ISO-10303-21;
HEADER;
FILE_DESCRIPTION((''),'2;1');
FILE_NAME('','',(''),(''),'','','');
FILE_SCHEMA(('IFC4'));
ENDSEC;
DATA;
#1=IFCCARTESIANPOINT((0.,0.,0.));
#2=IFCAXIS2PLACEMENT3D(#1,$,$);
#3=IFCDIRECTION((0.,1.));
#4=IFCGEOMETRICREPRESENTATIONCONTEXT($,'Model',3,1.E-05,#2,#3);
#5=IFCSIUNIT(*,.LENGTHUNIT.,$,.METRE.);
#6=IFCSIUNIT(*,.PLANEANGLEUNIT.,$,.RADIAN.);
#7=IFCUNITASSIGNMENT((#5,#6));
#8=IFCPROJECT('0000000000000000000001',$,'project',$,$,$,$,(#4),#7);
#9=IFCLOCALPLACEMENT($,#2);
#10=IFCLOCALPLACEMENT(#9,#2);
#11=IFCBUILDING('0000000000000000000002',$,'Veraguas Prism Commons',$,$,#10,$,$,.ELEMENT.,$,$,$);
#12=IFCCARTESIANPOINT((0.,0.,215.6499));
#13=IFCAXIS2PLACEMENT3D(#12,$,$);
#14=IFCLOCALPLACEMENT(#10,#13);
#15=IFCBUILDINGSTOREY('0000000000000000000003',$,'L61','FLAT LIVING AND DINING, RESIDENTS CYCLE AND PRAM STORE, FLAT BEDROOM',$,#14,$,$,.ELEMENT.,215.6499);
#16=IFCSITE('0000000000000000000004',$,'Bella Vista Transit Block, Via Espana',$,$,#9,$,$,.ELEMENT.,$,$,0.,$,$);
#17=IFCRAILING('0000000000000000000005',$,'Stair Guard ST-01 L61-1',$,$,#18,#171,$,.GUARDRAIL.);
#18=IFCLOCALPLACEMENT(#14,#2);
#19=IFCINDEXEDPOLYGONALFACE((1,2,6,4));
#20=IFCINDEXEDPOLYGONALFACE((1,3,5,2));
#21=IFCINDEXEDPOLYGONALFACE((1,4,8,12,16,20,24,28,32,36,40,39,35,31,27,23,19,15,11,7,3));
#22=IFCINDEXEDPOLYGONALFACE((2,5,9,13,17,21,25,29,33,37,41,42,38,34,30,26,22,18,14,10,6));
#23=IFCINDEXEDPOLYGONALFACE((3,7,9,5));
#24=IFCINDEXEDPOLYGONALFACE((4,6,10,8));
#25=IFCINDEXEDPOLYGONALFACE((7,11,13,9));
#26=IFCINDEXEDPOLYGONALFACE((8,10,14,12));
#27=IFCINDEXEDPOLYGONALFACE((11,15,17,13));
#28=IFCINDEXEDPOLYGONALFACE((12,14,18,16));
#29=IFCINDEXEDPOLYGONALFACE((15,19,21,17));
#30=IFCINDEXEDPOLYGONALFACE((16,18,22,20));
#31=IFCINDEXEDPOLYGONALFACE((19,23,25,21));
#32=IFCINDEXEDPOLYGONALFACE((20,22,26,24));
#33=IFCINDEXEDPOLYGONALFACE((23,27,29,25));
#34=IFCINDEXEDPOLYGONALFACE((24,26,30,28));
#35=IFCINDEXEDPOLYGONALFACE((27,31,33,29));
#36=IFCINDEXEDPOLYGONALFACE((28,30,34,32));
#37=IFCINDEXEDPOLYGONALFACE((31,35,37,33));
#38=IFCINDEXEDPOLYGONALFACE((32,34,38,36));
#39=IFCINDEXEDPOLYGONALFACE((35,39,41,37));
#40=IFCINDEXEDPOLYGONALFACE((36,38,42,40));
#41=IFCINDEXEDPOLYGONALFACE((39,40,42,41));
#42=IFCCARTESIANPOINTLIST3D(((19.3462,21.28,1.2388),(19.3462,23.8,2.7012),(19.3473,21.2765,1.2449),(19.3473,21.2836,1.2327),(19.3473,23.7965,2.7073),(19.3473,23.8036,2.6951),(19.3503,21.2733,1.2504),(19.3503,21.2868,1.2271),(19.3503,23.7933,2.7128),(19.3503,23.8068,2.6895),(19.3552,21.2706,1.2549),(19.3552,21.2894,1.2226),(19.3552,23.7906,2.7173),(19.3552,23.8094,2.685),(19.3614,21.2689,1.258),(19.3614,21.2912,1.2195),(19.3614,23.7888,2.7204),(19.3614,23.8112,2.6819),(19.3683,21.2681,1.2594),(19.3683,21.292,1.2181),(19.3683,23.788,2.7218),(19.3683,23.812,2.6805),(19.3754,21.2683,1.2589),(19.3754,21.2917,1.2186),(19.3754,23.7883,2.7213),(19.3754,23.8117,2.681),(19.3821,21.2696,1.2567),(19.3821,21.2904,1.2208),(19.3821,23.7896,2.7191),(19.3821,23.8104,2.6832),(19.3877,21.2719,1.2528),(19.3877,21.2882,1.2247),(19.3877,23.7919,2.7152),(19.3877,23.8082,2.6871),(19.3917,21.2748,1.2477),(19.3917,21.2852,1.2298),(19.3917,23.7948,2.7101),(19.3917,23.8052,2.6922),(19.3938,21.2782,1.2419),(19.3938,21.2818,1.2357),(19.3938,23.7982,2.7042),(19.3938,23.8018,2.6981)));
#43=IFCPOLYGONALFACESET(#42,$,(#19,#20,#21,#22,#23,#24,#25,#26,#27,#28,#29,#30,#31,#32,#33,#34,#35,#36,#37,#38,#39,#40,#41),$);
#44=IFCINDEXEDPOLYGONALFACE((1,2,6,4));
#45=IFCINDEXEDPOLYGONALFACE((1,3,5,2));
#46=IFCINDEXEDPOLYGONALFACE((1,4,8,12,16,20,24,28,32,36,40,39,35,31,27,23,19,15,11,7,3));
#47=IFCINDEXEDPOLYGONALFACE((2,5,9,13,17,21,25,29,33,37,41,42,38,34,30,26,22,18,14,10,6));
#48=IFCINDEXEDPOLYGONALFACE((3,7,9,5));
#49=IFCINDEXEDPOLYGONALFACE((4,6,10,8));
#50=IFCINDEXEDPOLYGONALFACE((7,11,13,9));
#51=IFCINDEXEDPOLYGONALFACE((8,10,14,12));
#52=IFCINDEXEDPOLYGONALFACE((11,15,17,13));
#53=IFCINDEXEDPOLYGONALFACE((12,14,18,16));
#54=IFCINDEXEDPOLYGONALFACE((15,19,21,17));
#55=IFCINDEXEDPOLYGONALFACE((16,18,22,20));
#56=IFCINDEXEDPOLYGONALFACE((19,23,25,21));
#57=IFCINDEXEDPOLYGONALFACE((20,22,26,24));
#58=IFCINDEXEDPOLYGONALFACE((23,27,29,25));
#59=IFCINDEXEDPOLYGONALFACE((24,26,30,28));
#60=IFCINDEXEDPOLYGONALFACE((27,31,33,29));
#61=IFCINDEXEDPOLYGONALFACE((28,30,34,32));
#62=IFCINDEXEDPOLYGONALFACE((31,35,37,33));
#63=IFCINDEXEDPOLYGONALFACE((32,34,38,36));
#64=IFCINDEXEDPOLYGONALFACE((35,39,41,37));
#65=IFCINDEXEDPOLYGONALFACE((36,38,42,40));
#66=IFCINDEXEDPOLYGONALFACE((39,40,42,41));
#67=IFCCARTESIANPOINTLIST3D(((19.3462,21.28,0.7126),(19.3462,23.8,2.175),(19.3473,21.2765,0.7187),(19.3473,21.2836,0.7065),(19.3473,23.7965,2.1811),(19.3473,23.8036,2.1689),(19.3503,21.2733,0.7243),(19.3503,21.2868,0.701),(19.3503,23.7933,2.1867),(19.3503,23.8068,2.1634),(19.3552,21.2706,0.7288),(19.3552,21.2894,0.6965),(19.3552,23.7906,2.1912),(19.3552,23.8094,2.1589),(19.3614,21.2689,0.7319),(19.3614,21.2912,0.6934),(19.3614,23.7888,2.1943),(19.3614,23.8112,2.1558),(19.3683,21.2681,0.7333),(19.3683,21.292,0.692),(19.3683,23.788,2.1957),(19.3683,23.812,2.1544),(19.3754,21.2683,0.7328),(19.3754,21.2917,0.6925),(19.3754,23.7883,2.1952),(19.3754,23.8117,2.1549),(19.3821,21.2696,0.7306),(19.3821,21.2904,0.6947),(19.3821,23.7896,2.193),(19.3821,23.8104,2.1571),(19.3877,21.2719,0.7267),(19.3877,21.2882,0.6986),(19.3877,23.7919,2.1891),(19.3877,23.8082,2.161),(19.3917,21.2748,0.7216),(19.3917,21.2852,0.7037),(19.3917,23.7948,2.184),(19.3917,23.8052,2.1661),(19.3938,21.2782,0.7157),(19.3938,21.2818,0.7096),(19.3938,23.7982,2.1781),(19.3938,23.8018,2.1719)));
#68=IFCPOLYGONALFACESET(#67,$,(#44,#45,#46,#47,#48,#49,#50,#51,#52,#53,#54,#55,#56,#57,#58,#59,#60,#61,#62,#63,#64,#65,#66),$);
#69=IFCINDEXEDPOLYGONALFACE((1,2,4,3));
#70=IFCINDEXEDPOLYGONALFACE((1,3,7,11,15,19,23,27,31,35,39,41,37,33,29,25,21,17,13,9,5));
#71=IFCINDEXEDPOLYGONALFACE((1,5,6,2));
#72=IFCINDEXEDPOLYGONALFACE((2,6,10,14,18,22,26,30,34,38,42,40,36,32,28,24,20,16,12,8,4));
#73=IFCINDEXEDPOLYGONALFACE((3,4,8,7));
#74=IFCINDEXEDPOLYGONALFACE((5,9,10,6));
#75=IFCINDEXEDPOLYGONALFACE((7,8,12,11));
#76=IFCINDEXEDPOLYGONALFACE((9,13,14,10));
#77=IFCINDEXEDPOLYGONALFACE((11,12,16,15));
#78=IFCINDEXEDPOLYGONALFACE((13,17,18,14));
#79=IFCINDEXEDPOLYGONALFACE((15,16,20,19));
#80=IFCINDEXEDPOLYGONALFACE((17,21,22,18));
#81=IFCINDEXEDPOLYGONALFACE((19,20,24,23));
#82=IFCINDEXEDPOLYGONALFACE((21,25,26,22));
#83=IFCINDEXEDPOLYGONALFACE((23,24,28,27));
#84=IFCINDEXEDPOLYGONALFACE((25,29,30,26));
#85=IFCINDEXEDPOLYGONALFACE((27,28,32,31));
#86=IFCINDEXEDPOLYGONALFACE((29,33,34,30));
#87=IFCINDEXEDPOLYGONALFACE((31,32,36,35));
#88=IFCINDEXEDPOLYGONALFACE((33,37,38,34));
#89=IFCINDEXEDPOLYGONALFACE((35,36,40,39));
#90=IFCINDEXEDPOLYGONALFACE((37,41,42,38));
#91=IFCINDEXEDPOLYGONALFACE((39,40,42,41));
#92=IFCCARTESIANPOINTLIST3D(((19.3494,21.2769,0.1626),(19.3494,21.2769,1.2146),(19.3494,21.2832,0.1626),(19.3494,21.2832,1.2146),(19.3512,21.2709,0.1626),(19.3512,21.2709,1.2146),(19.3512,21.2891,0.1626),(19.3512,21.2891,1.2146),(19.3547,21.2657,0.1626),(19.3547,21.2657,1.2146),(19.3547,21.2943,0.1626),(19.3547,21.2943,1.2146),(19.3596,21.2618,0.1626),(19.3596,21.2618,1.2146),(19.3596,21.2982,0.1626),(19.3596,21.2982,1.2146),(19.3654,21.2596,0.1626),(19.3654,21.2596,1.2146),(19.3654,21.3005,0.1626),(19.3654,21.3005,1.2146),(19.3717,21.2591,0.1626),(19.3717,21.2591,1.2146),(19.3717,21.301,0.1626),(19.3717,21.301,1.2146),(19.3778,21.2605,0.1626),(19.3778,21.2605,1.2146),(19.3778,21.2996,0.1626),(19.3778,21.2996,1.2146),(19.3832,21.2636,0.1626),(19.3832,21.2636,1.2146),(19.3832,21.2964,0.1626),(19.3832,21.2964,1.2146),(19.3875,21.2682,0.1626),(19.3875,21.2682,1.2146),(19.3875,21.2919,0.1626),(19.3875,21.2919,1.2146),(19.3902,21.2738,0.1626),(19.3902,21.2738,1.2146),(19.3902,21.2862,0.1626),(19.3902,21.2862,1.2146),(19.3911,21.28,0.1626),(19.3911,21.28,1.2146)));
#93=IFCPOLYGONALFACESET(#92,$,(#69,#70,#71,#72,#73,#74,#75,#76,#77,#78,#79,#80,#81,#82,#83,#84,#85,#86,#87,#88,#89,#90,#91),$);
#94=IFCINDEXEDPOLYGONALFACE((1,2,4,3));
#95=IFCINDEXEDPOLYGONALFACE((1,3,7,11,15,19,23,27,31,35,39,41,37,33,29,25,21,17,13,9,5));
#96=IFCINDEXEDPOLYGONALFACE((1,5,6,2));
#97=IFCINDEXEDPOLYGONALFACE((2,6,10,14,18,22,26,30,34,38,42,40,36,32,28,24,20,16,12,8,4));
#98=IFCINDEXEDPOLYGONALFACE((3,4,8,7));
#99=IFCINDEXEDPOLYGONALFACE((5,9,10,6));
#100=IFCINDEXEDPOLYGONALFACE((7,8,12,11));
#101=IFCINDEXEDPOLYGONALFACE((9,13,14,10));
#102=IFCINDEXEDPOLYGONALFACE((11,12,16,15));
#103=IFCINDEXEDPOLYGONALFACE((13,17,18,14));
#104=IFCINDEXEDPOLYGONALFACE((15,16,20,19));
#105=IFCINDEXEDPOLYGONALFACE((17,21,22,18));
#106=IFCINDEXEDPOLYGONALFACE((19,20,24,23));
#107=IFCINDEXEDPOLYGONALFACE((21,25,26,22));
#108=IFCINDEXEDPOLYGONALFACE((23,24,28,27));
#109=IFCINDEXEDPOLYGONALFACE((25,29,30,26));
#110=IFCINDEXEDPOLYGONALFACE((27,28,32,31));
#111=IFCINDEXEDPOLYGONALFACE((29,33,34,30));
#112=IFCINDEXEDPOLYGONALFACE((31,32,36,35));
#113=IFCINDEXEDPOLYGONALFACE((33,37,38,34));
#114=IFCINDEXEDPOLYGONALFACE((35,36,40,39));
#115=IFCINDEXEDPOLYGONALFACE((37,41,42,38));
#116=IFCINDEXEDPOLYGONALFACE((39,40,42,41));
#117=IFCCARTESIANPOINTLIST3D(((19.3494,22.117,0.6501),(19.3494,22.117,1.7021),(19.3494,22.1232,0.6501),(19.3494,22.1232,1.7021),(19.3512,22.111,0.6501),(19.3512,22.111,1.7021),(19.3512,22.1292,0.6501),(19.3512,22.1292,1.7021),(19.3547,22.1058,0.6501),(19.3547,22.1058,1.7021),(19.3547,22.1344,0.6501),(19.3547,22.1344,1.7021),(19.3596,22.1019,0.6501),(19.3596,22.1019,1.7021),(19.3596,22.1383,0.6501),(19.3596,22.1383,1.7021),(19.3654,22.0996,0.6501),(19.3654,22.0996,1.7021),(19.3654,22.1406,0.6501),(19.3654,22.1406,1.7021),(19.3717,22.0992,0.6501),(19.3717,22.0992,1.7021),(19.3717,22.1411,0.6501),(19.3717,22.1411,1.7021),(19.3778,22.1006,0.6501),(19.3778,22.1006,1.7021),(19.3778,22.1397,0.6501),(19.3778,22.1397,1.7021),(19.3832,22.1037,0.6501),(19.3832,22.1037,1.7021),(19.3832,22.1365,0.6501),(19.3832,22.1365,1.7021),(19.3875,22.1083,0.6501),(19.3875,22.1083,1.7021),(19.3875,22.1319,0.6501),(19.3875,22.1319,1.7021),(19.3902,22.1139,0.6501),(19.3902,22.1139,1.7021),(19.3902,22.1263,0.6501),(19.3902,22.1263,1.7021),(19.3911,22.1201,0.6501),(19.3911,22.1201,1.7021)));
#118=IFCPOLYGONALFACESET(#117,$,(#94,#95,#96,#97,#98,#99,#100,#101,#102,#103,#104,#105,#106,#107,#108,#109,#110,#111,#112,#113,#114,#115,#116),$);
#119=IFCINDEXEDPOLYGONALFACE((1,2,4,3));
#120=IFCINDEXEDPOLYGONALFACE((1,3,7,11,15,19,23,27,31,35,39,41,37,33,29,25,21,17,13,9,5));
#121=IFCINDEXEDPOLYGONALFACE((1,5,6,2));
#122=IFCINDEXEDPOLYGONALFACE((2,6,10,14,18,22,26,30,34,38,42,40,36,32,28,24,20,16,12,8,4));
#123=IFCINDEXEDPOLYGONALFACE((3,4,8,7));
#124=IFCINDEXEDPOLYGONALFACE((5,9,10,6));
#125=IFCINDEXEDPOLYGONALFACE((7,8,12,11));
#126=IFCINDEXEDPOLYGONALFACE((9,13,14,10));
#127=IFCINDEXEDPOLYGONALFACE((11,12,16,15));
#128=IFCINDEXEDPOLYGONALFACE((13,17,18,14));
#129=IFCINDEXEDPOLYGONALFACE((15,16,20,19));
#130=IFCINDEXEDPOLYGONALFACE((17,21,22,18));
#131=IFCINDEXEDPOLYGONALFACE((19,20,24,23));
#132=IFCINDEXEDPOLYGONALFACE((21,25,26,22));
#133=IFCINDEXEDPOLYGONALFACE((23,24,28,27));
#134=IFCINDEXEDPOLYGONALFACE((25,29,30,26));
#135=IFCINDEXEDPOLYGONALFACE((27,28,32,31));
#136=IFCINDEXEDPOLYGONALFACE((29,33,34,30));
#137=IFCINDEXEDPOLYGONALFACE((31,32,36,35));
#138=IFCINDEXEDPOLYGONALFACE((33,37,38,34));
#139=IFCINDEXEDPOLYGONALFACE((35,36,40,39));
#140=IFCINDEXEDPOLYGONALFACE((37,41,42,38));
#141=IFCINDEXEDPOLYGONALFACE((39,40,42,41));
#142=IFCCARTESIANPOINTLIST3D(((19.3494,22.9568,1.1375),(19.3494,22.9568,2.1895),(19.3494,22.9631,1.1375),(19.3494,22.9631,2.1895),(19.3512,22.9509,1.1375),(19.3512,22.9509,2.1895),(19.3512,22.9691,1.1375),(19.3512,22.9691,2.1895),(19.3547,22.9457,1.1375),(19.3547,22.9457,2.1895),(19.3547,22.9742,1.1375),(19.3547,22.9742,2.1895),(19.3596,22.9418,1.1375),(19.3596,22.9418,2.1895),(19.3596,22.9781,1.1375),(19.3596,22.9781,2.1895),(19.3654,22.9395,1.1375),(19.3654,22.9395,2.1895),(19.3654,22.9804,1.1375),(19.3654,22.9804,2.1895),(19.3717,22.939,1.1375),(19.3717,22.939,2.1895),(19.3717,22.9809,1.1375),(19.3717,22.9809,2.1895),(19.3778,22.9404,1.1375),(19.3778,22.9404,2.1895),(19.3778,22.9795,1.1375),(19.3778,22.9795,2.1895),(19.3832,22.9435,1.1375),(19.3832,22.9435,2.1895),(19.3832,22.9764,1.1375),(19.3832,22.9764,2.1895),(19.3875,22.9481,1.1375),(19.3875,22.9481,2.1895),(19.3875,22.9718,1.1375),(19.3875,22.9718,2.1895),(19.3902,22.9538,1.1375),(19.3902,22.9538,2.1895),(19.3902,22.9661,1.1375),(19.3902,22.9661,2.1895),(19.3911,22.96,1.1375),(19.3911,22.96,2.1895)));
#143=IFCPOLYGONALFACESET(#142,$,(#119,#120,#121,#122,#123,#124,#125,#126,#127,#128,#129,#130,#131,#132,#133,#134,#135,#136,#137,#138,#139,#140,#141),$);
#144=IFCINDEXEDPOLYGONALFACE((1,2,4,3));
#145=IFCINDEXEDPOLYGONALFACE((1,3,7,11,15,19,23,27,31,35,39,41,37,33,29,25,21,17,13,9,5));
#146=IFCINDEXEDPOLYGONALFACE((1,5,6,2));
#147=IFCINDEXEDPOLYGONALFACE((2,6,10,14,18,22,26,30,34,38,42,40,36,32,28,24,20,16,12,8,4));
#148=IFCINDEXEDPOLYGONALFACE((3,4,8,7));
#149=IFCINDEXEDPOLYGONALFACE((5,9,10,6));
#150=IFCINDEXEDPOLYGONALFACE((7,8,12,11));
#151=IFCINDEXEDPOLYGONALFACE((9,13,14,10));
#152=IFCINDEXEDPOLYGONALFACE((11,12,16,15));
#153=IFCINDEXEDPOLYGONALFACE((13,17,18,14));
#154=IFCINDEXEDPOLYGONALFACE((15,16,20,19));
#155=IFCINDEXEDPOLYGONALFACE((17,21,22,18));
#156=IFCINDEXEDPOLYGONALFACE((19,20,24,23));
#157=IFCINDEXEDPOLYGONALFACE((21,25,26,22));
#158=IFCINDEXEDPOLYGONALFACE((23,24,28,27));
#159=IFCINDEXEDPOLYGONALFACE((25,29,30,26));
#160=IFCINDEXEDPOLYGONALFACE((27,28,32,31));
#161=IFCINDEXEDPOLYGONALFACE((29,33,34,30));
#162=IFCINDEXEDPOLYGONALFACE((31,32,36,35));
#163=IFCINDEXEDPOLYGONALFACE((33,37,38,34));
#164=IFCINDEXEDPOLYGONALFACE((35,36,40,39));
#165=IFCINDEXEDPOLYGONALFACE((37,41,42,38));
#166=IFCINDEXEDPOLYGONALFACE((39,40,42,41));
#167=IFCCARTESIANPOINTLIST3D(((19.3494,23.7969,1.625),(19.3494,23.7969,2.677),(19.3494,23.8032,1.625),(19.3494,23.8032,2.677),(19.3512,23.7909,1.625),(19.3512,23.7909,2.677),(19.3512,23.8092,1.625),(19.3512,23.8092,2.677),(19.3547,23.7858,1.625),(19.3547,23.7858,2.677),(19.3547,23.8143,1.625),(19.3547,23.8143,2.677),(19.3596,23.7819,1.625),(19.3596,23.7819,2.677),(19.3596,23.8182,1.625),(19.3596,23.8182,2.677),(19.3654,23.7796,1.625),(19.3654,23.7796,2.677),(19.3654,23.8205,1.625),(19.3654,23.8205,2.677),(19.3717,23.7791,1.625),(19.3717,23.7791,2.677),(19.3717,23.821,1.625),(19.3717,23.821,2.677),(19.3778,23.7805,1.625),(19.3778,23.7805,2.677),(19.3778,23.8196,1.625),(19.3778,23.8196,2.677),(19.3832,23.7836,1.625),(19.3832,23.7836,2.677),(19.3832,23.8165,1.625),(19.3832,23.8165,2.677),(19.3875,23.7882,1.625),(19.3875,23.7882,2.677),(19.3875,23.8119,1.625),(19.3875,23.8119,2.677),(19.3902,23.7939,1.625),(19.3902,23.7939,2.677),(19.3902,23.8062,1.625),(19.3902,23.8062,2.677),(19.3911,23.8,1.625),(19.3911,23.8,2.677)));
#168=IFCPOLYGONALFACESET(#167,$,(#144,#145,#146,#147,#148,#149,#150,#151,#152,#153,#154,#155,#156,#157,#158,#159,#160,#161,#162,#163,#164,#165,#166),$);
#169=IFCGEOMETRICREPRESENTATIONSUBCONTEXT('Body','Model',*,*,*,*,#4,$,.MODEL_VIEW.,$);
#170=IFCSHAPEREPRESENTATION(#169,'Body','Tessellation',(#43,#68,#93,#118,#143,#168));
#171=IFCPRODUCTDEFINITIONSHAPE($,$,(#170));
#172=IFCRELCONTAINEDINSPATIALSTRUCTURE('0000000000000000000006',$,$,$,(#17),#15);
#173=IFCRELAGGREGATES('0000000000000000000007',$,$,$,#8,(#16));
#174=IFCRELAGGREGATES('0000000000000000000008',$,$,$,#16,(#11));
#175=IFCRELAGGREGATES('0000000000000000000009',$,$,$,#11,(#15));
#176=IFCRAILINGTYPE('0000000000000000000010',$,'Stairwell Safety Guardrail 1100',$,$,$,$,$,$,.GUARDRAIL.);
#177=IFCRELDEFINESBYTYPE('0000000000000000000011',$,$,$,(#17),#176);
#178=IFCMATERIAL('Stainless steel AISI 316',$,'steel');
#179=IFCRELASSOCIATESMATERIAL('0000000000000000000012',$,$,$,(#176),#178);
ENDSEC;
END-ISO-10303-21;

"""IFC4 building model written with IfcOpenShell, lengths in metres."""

from ifc_helpers import new_model, si_unit, direction, frame, origin, origin_2d, place, context, subcontext, project, spatial, circle, extrude, material, type_object, element, save


model = new_model("IFC4")

# Units and contexts
model_context = context("Model", 3, precision=1e-05, world=origin(), true_north=direction((0.0, 1.0)))
body_context = subcontext(model_context, "Body", "Model", "MODEL_VIEW")
ifc_project = project(units=[si_unit("LENGTHUNIT", "METRE"), si_unit("PLANEANGLEUNIT", "RADIAN")], contexts=[model_context])

# Site, building, storey
site_placement = place(None, origin())
site = spatial("IfcSite", under=ifc_project, at=site_placement, Name="Bella Vista Transit Block, Via Espana", CompositionType="ELEMENT", RefElevation=0.0)
building_placement = place(site_placement, origin())
building = spatial("IfcBuilding", under=site, at=building_placement, Name="Veraguas Prism Commons", CompositionType="ELEMENT")
storey_placement = place(building_placement, frame((0.0, 0.0, 215.6499)))
storey = spatial("IfcBuildingStorey", under=building, at=storey_placement, Name="L61", Description="FLAT LIVING AND DINING, RESIDENTS CYCLE AND PRAM STORE, FLAT BEDROOM", CompositionType="ELEMENT", Elevation=215.6499)

# Railing
ifc_material_1 = material(Name="Stainless steel AISI 316", Category="steel")
railing_type_1 = type_object("IfcRailingType", Name="Stairwell Safety Guardrail 1100", PredefinedType="GUARDRAIL", material=ifc_material_1)
railing_1_placement = place(storey_placement, frame((19.3701, 21.28, 0.1626)))
element("IfcRailing", 1, at=railing_1_placement, inside=storey, type_object=railing_type_1, Name="Stair Guard ST-01 L61-1", PredefinedType="GUARDRAIL", context=body_context, shape_type="SweptSolid", body=[
    extrude(circle(Radius=0.0239, at=origin_2d()), frame((0.0, 0.0, 1.0762), z_axis=(0.0, 0.864913, 0.501921), x_axis=(-1.0, 0.0, 0.0)), (0.0, 0.0, 1.0), 2.9136),
    extrude(circle(Radius=0.0239, at=origin_2d()), frame((0.0, 0.0, 0.55), z_axis=(0.0, 0.864913, 0.501921), x_axis=(-1.0, 0.0, 0.0)), (0.0, 0.0, 1.0), 2.9136),
    extrude(circle(Radius=0.021, at=origin_2d()), origin(), (0.0, 0.0, 1.0), 1.052),
    extrude(circle(Radius=0.021, at=origin_2d()), frame((0.0, 0.8401, 0.4875)), (0.0, 0.0, 1.0), 1.052),
    extrude(circle(Radius=0.021, at=origin_2d()), frame((0.0, 1.6799, 0.9749)), (0.0, 0.0, 1.0), 1.052),
    extrude(circle(Radius=0.021, at=origin_2d()), frame((0.0, 2.52, 1.4624)), (0.0, 0.0, 1.0), 1.052),
])

save(model, "model.ifc")
